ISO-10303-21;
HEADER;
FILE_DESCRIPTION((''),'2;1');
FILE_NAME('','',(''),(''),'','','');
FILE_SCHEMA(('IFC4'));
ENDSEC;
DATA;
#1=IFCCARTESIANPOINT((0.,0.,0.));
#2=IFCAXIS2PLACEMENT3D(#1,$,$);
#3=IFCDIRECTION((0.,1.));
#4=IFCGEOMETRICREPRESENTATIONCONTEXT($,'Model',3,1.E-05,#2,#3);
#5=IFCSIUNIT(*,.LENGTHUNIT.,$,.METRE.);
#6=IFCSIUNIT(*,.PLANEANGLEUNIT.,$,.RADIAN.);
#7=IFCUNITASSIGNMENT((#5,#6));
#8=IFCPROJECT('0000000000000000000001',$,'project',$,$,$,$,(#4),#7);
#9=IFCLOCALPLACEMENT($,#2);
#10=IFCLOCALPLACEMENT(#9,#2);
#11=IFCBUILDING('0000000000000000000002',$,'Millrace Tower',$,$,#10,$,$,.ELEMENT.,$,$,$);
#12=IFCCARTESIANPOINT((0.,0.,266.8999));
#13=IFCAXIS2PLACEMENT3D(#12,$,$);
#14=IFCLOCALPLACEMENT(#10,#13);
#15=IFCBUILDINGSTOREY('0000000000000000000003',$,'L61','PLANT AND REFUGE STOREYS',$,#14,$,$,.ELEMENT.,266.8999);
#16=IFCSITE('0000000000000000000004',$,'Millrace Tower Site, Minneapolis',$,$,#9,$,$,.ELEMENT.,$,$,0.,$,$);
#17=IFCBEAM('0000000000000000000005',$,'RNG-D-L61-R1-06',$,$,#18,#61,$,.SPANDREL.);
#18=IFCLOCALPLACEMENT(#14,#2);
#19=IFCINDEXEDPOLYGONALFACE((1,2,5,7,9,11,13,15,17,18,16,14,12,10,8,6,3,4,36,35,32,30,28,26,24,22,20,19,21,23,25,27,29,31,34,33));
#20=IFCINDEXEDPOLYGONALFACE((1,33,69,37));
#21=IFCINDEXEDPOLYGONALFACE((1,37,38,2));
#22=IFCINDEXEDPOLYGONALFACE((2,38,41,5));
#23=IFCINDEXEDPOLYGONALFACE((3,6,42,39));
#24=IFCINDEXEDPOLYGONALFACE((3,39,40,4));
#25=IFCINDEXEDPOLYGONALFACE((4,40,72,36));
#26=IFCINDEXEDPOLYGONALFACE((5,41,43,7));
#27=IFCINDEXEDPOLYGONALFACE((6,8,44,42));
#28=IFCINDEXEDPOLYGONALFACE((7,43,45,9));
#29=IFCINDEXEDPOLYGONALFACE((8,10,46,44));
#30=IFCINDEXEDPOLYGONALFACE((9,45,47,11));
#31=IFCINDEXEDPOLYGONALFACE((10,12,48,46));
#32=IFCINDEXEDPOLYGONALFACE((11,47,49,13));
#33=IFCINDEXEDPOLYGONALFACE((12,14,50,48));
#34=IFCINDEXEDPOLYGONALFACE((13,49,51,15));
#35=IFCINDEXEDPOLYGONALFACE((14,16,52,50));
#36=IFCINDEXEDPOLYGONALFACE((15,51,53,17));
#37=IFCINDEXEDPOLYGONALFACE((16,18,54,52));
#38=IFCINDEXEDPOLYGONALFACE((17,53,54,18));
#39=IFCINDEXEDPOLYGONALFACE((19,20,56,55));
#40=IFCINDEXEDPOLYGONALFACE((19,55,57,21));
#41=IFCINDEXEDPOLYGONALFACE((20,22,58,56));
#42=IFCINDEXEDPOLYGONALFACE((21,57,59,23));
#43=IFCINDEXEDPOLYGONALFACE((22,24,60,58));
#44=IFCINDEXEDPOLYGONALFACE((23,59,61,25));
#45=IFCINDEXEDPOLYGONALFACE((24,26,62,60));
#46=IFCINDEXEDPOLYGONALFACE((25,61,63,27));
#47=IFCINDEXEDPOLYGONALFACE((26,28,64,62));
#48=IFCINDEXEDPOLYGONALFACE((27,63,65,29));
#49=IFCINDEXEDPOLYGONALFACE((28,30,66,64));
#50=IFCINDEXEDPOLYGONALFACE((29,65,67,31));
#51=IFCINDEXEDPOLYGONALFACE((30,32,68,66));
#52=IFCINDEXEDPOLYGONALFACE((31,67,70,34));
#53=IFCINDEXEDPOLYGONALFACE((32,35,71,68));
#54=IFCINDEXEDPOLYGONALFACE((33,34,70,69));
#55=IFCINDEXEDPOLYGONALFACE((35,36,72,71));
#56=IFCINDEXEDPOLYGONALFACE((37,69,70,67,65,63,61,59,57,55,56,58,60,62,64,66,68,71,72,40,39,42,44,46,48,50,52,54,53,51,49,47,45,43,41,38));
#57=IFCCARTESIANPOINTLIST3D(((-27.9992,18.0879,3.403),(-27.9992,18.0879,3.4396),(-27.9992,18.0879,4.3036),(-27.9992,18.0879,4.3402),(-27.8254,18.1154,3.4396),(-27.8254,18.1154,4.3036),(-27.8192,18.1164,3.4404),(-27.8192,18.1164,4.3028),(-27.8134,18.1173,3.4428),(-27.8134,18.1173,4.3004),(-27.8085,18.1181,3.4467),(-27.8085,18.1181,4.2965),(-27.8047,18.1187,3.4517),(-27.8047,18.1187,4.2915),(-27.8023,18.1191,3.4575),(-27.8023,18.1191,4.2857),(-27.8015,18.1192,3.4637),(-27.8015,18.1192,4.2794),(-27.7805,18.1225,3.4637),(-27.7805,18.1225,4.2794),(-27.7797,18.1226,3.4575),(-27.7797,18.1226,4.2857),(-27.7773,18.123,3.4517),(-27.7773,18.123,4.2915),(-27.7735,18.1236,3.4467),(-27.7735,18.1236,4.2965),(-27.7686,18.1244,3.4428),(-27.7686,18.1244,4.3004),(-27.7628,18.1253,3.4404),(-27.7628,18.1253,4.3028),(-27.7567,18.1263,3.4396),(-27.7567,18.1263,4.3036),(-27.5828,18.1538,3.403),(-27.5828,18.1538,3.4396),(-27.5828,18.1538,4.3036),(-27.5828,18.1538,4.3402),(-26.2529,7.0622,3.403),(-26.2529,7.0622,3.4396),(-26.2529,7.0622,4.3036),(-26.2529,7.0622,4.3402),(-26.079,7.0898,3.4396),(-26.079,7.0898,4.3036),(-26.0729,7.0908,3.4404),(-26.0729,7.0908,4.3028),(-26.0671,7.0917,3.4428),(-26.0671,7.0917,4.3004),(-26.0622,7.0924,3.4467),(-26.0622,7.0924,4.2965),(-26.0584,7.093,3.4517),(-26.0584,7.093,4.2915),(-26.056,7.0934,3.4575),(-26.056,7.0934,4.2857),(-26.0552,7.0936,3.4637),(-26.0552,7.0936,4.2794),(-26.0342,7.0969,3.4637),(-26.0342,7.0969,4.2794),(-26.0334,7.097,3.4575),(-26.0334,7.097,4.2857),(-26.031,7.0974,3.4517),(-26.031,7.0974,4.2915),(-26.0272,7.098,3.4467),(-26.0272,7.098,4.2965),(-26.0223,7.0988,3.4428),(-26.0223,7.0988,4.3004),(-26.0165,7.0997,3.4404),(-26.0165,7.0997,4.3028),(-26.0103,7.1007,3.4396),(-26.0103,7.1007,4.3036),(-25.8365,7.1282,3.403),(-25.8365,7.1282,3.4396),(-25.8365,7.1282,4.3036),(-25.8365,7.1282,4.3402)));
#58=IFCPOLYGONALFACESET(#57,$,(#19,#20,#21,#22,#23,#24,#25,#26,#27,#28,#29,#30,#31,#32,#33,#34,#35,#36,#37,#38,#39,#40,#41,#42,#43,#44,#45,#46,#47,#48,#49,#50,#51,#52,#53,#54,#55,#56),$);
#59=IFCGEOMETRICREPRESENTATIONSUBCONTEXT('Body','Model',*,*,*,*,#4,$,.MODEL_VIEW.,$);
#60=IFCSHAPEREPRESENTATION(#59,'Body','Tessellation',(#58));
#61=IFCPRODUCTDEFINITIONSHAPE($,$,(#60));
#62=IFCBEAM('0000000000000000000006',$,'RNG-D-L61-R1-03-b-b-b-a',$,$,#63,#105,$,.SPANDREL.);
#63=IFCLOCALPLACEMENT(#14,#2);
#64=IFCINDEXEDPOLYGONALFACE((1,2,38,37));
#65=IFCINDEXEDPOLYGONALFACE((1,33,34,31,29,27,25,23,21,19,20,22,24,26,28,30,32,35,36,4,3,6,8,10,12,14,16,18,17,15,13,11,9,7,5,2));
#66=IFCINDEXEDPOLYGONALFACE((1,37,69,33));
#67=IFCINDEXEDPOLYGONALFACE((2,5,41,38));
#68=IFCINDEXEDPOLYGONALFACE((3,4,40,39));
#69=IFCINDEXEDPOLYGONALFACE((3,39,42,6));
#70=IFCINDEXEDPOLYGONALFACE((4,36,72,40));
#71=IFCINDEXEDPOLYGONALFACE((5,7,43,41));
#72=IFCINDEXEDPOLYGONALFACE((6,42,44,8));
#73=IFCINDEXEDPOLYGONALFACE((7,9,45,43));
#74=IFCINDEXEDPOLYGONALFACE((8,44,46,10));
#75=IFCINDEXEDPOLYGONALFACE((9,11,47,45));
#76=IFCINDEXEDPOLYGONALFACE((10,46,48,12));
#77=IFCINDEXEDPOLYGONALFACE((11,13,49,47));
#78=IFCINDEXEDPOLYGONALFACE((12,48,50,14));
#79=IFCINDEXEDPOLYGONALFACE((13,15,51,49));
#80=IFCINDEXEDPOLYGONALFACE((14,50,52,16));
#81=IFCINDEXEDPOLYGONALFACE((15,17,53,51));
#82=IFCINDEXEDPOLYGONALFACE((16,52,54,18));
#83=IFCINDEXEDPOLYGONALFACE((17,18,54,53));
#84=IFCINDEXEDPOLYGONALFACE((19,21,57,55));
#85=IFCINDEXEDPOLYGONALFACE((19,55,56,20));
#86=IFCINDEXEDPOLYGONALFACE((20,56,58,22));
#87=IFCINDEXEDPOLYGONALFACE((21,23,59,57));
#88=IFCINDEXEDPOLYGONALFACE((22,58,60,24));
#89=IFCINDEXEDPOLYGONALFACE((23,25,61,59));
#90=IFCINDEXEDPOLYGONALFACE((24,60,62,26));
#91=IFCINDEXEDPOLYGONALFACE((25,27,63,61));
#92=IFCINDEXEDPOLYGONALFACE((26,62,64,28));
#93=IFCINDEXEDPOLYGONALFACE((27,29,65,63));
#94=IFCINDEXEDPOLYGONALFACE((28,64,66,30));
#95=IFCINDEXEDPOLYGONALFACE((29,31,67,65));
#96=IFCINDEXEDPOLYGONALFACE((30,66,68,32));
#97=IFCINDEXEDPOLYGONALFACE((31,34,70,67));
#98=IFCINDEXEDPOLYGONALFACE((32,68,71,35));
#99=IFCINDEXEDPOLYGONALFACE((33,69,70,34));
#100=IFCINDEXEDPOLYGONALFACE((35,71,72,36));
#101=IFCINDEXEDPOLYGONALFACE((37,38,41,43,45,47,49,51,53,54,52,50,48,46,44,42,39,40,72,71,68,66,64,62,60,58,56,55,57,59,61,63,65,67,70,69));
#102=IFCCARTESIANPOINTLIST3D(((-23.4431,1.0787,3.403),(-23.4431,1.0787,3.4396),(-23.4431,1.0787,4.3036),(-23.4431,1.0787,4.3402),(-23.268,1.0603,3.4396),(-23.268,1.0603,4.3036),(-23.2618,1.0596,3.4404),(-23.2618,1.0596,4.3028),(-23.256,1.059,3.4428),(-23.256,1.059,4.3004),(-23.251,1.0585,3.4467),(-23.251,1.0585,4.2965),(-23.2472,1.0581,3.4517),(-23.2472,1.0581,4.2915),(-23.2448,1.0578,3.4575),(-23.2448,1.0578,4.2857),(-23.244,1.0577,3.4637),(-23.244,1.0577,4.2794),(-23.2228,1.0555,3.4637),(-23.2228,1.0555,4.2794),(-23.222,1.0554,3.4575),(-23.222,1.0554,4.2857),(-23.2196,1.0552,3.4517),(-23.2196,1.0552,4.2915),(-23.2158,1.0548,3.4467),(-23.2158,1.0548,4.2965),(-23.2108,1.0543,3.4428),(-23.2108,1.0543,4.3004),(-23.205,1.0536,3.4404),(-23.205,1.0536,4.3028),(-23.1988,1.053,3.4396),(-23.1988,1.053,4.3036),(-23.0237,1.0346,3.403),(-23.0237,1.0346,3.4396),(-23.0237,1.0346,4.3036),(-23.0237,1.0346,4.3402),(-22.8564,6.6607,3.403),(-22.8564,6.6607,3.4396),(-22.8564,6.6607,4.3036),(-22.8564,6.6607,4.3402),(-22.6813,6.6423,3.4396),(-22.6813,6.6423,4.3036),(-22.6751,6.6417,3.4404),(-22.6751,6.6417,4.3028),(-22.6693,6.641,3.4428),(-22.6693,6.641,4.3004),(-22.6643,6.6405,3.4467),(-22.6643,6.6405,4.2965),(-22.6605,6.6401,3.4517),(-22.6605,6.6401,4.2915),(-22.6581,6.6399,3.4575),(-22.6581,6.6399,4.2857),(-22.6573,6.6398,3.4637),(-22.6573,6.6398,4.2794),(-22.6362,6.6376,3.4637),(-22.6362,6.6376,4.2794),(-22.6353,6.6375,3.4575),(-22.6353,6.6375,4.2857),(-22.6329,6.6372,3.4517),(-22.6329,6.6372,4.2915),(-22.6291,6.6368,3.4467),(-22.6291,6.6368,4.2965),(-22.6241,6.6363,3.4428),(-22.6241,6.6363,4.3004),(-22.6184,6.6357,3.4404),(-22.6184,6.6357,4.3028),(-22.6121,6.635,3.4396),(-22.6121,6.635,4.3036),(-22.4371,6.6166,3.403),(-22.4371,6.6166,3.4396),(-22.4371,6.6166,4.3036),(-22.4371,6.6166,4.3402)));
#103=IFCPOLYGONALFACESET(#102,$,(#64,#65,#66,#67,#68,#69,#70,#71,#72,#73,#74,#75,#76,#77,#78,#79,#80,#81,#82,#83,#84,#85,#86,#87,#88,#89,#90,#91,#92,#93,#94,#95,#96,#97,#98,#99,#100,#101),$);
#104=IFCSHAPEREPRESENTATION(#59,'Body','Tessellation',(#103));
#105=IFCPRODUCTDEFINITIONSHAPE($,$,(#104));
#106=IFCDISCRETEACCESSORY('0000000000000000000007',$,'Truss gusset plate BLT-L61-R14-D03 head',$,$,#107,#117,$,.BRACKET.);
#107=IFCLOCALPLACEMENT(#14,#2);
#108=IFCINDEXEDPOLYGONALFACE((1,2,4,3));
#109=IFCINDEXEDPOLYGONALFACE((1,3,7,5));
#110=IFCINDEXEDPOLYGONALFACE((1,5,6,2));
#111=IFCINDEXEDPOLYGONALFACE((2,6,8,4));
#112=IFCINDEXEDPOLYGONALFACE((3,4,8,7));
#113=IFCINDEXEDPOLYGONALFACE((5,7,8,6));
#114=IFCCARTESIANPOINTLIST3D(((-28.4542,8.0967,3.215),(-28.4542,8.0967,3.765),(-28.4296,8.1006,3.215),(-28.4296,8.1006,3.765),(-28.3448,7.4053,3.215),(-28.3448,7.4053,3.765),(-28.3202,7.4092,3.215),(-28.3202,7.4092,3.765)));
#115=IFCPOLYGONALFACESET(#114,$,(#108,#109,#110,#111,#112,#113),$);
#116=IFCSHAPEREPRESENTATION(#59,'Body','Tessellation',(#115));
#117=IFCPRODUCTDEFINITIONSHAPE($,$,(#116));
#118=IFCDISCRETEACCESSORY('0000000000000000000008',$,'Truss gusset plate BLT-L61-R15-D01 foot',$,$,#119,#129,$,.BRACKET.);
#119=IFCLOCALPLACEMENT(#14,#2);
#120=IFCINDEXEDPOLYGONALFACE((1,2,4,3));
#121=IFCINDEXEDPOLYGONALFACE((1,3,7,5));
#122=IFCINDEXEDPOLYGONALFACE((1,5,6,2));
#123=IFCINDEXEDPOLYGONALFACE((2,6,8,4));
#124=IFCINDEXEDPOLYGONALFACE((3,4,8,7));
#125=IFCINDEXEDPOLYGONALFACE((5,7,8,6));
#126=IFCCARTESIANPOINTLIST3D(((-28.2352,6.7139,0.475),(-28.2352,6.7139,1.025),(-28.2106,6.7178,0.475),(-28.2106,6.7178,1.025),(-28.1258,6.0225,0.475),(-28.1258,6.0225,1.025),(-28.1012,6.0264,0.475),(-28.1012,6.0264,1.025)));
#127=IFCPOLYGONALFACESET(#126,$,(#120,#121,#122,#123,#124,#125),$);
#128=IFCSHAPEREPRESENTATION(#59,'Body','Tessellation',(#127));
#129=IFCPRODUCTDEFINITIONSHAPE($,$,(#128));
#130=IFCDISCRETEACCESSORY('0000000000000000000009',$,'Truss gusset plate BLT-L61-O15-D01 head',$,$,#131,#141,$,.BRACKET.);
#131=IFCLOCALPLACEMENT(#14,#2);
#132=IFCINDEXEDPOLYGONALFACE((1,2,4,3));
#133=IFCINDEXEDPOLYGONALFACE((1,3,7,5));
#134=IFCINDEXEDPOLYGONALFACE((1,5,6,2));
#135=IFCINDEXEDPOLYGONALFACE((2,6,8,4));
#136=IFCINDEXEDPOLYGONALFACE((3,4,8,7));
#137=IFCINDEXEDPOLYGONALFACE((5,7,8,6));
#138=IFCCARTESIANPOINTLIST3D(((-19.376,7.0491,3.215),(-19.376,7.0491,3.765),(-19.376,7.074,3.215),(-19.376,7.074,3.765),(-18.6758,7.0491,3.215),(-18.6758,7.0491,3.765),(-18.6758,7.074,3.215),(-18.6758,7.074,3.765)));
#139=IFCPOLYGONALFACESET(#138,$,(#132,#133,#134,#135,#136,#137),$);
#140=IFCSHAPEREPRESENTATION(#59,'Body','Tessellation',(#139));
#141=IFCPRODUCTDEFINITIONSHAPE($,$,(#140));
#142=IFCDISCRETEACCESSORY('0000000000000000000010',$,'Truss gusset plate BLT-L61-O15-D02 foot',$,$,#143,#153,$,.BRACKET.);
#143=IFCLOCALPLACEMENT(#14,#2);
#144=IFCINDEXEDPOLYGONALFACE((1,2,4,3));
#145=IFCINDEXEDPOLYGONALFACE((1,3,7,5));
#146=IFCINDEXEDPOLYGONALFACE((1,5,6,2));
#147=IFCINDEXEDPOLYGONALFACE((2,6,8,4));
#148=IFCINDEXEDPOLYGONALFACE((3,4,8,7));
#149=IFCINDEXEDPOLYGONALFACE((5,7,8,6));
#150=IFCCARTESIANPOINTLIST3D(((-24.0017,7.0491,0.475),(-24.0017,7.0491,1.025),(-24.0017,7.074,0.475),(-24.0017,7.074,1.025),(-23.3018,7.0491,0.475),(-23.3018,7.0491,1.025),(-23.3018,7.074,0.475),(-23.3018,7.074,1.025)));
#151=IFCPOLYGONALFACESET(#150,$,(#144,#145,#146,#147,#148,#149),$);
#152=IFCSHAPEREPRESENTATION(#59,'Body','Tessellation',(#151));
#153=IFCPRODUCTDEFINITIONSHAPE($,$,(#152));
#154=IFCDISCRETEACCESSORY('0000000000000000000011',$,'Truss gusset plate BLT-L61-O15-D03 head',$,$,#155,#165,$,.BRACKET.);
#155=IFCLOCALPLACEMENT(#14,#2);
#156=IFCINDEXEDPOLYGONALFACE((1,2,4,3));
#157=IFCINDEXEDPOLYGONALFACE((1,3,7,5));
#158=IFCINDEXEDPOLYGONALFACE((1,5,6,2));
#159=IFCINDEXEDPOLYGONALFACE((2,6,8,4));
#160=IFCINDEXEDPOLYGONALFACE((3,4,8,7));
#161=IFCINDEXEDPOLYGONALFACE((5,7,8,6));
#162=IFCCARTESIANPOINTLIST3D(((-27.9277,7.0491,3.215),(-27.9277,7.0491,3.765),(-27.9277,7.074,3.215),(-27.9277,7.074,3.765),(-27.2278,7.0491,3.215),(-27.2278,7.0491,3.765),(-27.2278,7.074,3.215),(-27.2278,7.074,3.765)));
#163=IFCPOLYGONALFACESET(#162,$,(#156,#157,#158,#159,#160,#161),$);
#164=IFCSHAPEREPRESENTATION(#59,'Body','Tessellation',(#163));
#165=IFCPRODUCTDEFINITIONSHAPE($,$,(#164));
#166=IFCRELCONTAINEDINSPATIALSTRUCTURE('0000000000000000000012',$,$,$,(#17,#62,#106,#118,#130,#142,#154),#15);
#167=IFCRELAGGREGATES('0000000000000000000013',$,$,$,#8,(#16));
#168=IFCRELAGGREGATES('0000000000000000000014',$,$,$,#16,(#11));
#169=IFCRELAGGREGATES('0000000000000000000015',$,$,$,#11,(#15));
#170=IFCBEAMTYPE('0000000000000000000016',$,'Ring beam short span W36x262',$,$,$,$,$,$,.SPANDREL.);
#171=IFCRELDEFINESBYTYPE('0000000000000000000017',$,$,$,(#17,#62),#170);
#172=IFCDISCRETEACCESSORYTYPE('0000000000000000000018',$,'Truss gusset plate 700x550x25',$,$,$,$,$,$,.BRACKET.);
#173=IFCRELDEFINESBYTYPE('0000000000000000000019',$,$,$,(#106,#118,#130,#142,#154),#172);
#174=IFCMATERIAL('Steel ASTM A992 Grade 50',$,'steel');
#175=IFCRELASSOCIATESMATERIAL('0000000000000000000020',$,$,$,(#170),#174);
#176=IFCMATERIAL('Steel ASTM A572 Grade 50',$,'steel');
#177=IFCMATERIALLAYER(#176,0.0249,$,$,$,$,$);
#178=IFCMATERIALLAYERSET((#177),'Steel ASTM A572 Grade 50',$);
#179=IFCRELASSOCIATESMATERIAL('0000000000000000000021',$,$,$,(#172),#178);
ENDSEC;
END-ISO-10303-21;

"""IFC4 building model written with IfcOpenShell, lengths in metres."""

from ifc_helpers import new_model, si_unit, direction, frame, origin, origin_2d, place, context, subcontext, project, spatial, rectangle, i_section, extrude, material, layer, layer_set, material_profile, profile_set, type_object, element, save


model = new_model("IFC4")

# Units and contexts
model_context = context("Model", 3, precision=1e-05, world=origin(), true_north=direction((0.0, 1.0)))
body_context = subcontext(model_context, "Body", "Model", "MODEL_VIEW")
ifc_project = project(units=[si_unit("LENGTHUNIT", "METRE"), si_unit("PLANEANGLEUNIT", "RADIAN")], contexts=[model_context])

# Site, building, storey
site_placement = place(None, origin())
site = spatial("IfcSite", under=ifc_project, at=site_placement, Name="Millrace Tower Site, Minneapolis", CompositionType="ELEMENT", RefElevation=0.0)
building_placement = place(site_placement, origin())
building = spatial("IfcBuilding", under=site, at=building_placement, Name="Millrace Tower", CompositionType="ELEMENT")
storey_placement = place(building_placement, frame((0.0, 0.0, 266.8999)))
storey = spatial("IfcBuildingStorey", under=building, at=storey_placement, Name="L61", Description="PLANT AND REFUGE STOREYS", CompositionType="ELEMENT", Elevation=266.8999)

# Beams
ifc_material_1 = material(Name="Steel ASTM A992 Grade 50", Category="steel")
ifc_material_profile_1 = material_profile(ifc_material_1, i_section(OverallWidth=0.4216, OverallDepth=0.9373, WebThickness=0.0212, FlangeThickness=0.0366, FilletRadius=0.0242, at=origin_2d()))
ifc_profile_set_1 = profile_set([ifc_material_profile_1], Name="Steel ASTM A992 Grade 50")
beam_type_1 = type_object("IfcBeamType", Name="Ring beam short span W36x262", PredefinedType="SPANDREL", material=ifc_profile_set_1)
beam_1_placement = place(storey_placement, frame((-26.0447, 7.0952, 3.8716), z_axis=(-0.156439, 0.987688, 0.0), x_axis=(-0.987688, -0.156439, 0.0)))
element("IfcBeam", 1, at=beam_1_placement, inside=storey, type_object=beam_type_1, Name="RNG-D-L61-R1-06", PredefinedType="SPANDREL", context=body_context, shape_type="SweptSolid", body=[
    extrude(i_section(OverallWidth=0.4216, OverallDepth=0.9373, WebThickness=0.0212, FlangeThickness=0.0366, FilletRadius=0.0242, at=origin_2d()), origin(), (0.0, 0.0, 1.0), 11.1631),
])
beam_2_placement = place(storey_placement, frame((-22.6467, 6.6387, 3.8716), z_axis=(-0.104524, -0.994522, 0.0), x_axis=(0.994522, -0.104524, 0.0)))
element("IfcBeam", 2, at=beam_2_placement, inside=storey, type_object=beam_type_1, Name="RNG-D-L61-R1-03-b-b-b-a", PredefinedType="SPANDREL", context=body_context, shape_type="SweptSolid", body=[
    extrude(i_section(OverallWidth=0.4216, OverallDepth=0.9373, WebThickness=0.0212, FlangeThickness=0.0366, FilletRadius=0.0242, at=origin_2d()), origin(), (0.0, 0.0, 1.0), 5.6128),
])

# Discrete accessories
ifc_material_2 = material(Name="Steel ASTM A572 Grade 50", Category="steel")
ifc_layer_1 = layer(ifc_material_2, 0.0249)
ifc_layer_set_1 = layer_set([ifc_layer_1], Name="Steel ASTM A572 Grade 50")
discrete_accessory_type = type_object("IfcDiscreteAccessoryType", Name="Truss gusset plate 700x550x25", PredefinedType="BRACKET", material=ifc_layer_set_1)
for number, where, z_axis, x_axis, name in (
    (3, (-28.4419, 8.0986, 3.49), (0.156249, -0.987718, 0.0), (0.987718, 0.156249, 0.0), "Truss gusset plate BLT-L61-R14-D03 head"),
    (4, (-28.2229, 6.7158, 0.75), (0.156249, -0.987718, 0.0), (0.987718, 0.156249, 0.0), "Truss gusset plate BLT-L61-R15-D01 foot"),
):
    element("IfcDiscreteAccessory", number, at=place(storey_placement, frame(where, z_axis=z_axis, x_axis=x_axis)), inside=storey, type_object=discrete_accessory_type, Name=name, PredefinedType="BRACKET", context=body_context, shape_type="SweptSolid", body=[
        extrude(rectangle(XDim=0.0249, YDim=0.55, at=origin_2d()), origin(), (0.0, 0.0, 1.0), 0.7),
    ])
discrete_accessory_placement = place(storey_placement, frame((-19.376, 7.0615, 3.49), z_axis=(1.0, 0.0, 0.0), x_axis=(0.0, 1.0, 0.0)))
element("IfcDiscreteAccessory", 5, at=discrete_accessory_placement, inside=storey, type_object=discrete_accessory_type, Name="Truss gusset plate BLT-L61-O15-D01 head", PredefinedType="BRACKET", context=body_context, shape_type="SweptSolid", body=[
    extrude(rectangle(XDim=0.0249, YDim=0.55, at=origin_2d()), origin(), (0.0, 0.0, 1.0), 0.7002),
])
for number, where, z_axis, x_axis, name in (
    (6, (-24.0017, 7.0615, 0.75), (1.0, 0.0, 0.0), (0.0, 1.0, 0.0), "Truss gusset plate BLT-L61-O15-D02 foot"),
    (7, (-27.9277, 7.0615, 3.49), (1.0, 0.0, 0.0), (0.0, 1.0, 0.0), "Truss gusset plate BLT-L61-O15-D03 head"),
):
    element("IfcDiscreteAccessory", number, at=place(storey_placement, frame(where, z_axis=z_axis, x_axis=x_axis)), inside=storey, type_object=discrete_accessory_type, Name=name, PredefinedType="BRACKET", context=body_context, shape_type="SweptSolid", body=[
        extrude(rectangle(XDim=0.0249, YDim=0.55, at=origin_2d()), origin(), (0.0, 0.0, 1.0), 0.7),
    ])

save(model, "model.ifc")
